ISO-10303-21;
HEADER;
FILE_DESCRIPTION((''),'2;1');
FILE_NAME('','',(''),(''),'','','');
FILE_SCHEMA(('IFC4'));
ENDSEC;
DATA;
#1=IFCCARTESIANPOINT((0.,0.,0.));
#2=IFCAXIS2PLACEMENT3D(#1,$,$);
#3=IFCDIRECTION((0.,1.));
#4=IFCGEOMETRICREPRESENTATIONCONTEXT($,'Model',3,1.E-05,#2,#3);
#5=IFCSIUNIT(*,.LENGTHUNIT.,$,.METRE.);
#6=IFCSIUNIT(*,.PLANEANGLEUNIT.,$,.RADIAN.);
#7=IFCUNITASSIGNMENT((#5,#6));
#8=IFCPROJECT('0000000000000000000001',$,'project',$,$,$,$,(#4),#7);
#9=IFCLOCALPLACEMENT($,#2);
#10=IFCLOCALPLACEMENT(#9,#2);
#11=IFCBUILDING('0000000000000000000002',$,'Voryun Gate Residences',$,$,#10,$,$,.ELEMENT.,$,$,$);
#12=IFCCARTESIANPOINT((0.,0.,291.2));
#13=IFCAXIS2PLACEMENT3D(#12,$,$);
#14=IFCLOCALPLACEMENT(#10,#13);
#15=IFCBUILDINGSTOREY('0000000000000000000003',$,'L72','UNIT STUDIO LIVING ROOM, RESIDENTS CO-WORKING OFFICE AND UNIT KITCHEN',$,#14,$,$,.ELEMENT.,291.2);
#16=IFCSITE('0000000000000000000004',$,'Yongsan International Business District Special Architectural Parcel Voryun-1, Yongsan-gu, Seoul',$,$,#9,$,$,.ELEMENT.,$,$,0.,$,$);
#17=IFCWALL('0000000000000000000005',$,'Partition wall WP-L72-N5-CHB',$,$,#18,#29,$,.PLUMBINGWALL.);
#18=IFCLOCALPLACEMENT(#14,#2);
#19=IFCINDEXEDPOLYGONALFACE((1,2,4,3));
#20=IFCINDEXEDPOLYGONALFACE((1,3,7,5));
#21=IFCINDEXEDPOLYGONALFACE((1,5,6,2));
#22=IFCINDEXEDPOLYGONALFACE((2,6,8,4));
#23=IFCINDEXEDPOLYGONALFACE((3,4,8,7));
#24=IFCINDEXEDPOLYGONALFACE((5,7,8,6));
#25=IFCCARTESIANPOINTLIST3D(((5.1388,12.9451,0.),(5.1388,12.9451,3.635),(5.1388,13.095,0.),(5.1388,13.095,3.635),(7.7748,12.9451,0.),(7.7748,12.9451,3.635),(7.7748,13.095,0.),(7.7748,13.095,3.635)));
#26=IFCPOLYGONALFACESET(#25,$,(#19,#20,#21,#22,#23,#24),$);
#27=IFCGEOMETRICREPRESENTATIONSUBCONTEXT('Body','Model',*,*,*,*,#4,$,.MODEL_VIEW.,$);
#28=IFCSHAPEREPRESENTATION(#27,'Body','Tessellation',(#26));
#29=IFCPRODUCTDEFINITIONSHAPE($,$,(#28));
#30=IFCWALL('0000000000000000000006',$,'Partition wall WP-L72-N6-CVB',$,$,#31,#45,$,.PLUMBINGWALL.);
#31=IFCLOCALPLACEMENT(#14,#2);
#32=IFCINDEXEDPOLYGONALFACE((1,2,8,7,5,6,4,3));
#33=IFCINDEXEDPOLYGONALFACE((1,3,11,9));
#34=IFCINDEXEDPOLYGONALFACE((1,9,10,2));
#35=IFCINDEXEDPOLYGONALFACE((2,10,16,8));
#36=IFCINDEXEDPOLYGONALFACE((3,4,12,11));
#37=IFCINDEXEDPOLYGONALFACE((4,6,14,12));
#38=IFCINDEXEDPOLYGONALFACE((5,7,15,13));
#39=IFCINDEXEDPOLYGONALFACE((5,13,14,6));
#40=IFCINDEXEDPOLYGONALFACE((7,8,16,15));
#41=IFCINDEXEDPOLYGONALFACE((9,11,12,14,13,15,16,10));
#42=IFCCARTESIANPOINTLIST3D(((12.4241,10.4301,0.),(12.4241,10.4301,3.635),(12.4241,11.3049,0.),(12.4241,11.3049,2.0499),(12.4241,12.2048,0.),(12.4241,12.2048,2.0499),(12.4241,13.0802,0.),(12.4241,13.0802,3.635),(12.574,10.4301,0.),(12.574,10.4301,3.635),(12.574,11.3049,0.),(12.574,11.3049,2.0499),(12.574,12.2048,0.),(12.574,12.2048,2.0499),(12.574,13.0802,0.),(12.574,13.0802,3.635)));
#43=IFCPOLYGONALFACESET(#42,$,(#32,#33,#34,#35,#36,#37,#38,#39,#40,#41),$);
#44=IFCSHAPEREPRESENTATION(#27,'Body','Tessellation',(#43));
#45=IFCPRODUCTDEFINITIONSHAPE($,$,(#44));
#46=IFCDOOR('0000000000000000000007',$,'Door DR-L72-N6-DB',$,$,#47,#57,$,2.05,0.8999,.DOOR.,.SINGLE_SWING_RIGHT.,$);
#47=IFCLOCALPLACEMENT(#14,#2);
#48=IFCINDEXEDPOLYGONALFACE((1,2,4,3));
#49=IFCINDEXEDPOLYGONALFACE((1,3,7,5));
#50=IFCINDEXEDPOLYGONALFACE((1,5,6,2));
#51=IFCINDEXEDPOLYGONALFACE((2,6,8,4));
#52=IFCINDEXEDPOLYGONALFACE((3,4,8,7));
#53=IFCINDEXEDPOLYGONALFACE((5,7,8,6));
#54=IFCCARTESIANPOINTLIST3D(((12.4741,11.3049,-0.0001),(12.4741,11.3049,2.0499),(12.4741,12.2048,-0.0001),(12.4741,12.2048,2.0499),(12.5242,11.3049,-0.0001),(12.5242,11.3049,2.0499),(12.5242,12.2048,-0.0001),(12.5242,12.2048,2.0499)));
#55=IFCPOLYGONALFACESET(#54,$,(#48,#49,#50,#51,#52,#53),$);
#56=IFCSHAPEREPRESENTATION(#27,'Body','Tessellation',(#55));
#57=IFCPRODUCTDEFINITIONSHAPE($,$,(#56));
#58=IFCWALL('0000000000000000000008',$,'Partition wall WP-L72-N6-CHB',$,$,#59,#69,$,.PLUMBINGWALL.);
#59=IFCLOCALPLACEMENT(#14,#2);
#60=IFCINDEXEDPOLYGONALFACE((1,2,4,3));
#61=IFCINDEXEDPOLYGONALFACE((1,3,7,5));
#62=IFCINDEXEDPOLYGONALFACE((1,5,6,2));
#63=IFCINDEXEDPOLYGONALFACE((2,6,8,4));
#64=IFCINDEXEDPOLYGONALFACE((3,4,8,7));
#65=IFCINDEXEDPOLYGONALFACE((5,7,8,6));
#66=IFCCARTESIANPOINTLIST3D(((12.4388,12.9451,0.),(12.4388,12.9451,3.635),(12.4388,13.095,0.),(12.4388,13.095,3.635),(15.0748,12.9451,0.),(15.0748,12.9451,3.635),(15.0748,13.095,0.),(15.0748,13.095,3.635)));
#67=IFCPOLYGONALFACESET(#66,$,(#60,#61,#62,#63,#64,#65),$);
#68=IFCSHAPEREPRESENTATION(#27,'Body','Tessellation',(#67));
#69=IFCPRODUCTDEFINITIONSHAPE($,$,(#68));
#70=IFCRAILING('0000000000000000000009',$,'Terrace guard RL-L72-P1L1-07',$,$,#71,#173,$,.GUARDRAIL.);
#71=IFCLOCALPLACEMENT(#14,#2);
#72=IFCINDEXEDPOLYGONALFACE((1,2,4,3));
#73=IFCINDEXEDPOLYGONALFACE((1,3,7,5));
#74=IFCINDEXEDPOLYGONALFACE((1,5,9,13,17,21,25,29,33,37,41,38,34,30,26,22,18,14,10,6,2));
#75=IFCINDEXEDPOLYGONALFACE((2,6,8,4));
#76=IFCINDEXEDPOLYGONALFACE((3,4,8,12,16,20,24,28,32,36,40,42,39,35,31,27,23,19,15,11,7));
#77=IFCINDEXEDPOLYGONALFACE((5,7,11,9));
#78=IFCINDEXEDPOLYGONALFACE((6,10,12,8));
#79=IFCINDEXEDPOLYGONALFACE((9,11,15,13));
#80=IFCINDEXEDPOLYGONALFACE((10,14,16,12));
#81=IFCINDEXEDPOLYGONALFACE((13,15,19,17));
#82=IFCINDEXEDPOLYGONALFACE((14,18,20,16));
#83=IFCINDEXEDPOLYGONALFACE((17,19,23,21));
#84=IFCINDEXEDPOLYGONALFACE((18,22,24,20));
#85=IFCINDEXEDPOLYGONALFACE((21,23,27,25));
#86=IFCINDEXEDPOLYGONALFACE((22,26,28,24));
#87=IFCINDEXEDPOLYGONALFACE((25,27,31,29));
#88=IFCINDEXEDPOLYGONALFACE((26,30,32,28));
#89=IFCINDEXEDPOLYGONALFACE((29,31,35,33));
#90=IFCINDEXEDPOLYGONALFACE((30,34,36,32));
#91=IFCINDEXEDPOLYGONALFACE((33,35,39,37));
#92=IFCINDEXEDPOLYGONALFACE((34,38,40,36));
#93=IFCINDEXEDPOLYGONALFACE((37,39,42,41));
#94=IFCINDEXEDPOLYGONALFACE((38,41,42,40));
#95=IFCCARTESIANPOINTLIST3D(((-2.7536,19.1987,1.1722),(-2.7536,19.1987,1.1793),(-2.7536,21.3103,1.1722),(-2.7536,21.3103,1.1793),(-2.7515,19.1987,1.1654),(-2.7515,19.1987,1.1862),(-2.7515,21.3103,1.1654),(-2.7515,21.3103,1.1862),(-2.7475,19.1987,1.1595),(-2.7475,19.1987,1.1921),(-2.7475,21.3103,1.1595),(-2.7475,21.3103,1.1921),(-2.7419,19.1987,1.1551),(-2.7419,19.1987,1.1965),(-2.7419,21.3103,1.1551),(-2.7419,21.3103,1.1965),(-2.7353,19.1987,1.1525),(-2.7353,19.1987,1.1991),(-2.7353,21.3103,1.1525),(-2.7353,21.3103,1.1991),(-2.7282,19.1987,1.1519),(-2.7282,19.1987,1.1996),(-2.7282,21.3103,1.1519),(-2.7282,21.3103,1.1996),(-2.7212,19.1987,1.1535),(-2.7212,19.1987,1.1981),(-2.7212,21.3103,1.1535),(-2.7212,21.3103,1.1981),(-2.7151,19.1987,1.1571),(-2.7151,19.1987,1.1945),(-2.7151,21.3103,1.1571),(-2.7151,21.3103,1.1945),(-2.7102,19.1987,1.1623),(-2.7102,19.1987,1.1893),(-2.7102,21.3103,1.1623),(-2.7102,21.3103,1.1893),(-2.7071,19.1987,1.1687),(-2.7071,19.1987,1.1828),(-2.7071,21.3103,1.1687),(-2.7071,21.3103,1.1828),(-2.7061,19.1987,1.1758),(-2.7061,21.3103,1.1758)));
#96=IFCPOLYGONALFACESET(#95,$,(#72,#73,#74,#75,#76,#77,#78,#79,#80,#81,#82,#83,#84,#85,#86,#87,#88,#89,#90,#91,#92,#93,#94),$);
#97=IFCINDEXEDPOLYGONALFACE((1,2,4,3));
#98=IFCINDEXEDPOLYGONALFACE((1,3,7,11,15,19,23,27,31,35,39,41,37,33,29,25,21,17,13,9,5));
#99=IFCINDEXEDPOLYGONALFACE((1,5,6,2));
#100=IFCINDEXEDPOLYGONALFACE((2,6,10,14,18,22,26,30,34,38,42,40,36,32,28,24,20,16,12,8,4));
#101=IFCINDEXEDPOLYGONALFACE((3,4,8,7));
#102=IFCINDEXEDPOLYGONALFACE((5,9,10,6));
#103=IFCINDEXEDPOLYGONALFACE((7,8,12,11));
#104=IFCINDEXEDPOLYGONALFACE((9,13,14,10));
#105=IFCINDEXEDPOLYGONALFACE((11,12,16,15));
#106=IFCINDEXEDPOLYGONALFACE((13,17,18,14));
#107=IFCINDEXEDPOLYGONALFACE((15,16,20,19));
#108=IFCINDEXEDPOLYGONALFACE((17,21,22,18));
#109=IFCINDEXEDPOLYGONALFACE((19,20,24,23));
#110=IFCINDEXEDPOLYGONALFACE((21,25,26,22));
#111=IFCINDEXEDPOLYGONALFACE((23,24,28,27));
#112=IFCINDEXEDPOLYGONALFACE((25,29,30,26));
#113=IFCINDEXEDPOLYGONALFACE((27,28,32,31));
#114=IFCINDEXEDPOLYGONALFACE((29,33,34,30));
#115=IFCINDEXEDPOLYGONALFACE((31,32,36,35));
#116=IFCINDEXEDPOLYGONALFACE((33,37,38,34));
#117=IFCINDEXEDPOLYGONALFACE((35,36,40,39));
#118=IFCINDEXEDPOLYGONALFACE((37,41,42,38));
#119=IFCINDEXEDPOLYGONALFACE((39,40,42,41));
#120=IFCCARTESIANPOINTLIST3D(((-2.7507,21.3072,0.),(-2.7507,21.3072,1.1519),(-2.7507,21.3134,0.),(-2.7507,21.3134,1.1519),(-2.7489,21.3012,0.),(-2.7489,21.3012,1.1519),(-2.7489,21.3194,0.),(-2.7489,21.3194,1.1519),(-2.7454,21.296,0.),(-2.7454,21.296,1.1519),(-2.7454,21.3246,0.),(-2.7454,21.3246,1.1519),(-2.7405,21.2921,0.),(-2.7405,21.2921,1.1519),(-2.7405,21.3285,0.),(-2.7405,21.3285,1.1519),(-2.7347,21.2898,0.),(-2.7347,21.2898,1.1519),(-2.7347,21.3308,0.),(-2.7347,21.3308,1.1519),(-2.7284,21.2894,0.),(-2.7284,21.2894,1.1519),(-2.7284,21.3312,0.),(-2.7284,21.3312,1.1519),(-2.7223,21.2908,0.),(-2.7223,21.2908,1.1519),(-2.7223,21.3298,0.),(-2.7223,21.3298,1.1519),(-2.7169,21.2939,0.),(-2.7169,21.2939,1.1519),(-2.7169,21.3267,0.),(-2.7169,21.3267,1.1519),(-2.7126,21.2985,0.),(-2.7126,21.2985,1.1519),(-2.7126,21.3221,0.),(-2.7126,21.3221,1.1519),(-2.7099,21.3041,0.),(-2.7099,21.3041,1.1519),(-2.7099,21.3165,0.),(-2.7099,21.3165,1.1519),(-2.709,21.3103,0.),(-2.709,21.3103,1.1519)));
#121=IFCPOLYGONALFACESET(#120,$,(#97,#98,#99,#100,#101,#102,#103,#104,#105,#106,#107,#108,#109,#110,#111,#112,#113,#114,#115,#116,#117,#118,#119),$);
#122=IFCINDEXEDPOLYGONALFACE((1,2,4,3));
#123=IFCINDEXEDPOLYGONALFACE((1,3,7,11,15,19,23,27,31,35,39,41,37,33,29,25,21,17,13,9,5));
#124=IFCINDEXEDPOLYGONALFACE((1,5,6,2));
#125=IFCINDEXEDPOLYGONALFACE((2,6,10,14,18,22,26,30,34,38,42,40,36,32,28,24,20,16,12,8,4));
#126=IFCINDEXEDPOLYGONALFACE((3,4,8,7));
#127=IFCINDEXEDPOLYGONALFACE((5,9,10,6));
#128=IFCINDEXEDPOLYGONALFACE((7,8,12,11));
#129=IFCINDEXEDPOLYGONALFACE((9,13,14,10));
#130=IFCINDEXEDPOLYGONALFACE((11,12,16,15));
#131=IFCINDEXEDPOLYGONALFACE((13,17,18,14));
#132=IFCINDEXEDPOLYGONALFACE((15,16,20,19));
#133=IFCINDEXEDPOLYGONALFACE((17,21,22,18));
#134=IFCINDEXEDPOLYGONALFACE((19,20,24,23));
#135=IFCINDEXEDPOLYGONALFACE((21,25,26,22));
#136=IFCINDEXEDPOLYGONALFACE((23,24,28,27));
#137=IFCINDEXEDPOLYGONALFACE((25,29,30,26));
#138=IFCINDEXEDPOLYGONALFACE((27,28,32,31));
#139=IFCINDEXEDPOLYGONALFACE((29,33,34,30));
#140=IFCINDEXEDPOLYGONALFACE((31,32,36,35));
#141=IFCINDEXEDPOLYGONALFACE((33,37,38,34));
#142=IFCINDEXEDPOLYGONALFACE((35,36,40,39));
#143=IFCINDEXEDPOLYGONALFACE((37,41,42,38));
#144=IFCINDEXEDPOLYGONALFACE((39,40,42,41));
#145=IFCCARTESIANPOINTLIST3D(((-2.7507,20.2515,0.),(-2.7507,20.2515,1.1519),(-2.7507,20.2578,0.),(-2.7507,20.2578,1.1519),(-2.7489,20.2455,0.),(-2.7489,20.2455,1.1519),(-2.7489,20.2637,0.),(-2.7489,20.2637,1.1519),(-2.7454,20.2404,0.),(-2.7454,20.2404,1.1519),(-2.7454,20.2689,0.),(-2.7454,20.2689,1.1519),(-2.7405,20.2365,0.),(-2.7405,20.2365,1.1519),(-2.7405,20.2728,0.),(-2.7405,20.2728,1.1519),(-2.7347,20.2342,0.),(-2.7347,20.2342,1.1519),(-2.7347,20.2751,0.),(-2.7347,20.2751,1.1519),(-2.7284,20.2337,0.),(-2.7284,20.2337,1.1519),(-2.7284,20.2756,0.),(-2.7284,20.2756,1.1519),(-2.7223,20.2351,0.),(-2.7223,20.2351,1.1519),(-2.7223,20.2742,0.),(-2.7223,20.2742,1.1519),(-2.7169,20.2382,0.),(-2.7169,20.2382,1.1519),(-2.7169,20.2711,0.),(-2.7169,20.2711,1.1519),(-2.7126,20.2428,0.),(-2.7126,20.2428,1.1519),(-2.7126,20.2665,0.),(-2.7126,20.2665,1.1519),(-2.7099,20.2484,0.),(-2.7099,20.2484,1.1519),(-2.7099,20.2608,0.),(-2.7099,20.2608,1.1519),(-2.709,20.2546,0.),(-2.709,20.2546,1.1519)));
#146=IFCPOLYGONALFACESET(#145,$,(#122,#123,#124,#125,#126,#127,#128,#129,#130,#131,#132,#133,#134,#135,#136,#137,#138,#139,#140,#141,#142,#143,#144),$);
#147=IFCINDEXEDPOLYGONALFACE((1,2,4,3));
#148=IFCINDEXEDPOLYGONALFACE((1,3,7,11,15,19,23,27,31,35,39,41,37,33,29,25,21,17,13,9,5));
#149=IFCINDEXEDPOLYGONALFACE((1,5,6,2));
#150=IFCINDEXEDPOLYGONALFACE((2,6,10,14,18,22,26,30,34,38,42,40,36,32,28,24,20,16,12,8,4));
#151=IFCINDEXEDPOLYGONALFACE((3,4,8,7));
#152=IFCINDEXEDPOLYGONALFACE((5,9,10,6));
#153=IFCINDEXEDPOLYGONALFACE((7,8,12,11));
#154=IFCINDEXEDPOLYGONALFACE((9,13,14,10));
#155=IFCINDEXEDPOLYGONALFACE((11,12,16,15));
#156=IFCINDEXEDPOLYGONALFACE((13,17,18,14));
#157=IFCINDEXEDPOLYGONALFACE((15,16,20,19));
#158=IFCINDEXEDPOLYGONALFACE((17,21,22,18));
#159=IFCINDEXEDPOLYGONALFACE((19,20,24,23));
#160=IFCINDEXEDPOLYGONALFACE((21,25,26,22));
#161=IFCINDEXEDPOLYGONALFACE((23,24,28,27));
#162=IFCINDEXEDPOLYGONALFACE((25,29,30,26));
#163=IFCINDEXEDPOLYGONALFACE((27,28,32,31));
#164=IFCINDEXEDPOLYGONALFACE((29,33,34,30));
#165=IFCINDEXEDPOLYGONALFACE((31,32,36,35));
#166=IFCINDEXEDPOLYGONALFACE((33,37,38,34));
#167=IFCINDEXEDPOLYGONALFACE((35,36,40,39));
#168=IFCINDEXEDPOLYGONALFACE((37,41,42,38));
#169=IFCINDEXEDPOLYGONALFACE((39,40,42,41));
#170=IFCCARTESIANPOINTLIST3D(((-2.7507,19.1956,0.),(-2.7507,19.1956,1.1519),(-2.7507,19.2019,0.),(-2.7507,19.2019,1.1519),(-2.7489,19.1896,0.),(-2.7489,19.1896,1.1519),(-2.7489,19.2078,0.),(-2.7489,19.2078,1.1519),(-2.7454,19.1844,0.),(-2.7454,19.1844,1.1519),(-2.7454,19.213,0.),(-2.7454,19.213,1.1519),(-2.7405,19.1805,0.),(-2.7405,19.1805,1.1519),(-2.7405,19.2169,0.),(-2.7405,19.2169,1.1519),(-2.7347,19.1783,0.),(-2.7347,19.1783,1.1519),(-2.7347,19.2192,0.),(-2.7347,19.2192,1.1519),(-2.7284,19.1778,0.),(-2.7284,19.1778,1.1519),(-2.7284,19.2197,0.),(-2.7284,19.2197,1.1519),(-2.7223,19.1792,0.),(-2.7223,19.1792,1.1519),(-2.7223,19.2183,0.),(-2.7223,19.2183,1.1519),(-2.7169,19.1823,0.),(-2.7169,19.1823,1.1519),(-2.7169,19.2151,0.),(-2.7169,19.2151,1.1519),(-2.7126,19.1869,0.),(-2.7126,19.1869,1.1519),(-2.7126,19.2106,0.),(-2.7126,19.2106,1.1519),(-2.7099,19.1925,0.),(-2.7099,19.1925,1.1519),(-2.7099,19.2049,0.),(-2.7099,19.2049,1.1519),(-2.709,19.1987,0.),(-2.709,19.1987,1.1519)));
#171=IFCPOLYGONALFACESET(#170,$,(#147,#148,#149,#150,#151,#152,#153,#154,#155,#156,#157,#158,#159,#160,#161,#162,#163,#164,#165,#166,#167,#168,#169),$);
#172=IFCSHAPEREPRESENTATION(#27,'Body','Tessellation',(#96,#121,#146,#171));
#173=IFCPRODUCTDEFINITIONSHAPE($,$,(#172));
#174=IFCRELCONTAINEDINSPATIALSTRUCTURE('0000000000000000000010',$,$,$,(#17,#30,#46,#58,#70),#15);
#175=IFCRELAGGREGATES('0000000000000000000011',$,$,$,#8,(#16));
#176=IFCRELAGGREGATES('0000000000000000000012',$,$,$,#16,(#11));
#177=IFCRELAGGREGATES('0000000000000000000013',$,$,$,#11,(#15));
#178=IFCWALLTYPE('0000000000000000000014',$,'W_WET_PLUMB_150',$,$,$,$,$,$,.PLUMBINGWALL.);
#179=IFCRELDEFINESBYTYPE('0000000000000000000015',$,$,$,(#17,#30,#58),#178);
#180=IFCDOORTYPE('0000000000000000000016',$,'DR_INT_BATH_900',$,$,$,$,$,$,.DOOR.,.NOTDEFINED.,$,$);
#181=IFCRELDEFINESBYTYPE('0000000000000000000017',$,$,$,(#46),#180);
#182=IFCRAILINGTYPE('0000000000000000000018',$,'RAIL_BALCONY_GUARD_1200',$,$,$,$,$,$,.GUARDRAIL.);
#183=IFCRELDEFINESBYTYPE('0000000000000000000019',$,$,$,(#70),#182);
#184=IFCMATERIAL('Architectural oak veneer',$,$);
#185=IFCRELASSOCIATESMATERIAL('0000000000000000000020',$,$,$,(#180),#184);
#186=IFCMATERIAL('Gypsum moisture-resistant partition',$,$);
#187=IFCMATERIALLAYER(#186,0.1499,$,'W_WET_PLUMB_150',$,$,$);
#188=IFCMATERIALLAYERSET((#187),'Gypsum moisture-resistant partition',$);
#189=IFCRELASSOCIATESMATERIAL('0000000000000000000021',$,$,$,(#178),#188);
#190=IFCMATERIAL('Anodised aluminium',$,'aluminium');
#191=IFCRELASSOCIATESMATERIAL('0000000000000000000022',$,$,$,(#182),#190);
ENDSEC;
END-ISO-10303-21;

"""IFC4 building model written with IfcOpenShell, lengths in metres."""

from ifc_helpers import new_model, si_unit, direction, frame, frame_2d, origin, origin_2d, place, context, subcontext, project, spatial, rectangle, circle, extrude, material, layer, layer_set, type_object, element, fill, save


model = new_model("IFC4")

# Units and contexts
model_context = context("Model", 3, precision=1e-05, world=origin(), true_north=direction((0.0, 1.0)))
body_context = subcontext(model_context, "Body", "Model", "MODEL_VIEW")
ifc_project = project(units=[si_unit("LENGTHUNIT", "METRE"), si_unit("PLANEANGLEUNIT", "RADIAN")], contexts=[model_context])

# Site, building, storey
site_placement = place(None, origin())
site = spatial("IfcSite", under=ifc_project, at=site_placement, Name="Yongsan International Business District Special Architectural Parcel Voryun-1, Yongsan-gu, Seoul", CompositionType="ELEMENT", RefElevation=0.0)
building_placement = place(site_placement, origin())
building = spatial("IfcBuilding", under=site, at=building_placement, Name="Voryun Gate Residences", CompositionType="ELEMENT")
storey_placement = place(building_placement, frame((0.0, 0.0, 291.2)))
storey = spatial("IfcBuildingStorey", under=building, at=storey_placement, Name="L72", Description="UNIT STUDIO LIVING ROOM, RESIDENTS CO-WORKING OFFICE AND UNIT KITCHEN", CompositionType="ELEMENT", Elevation=291.2)

# Shared definitions
ifc_material_1 = material(Name="Architectural oak veneer")
door_type = type_object("IfcDoorType", Name="DR_INT_BATH_900", OperationType="NOTDEFINED", PredefinedType="DOOR", material=ifc_material_1)

# Shared definitions
ifc_material_2 = material(Name="Gypsum moisture-resistant partition")
ifc_layer_1 = layer(ifc_material_2, 0.1499, Name="W_WET_PLUMB_150")
ifc_layer_set_1 = layer_set([ifc_layer_1], Name="Gypsum moisture-resistant partition")
wall_type_1 = type_object("IfcWallType", Name="W_WET_PLUMB_150", PredefinedType="PLUMBINGWALL", material=ifc_layer_set_1)

# Wall
wall_1_placement = place(storey_placement, frame((5.1389, 13.02, 0.0), z_axis=(0.0, 0.0, 1.0), x_axis=(1.0, 0.0, 0.0)))
element("IfcWall", 1, at=wall_1_placement, inside=storey, type_object=wall_type_1, Name="Partition wall WP-L72-N5-CHB", PredefinedType="PLUMBINGWALL", context=body_context, shape_type="SweptSolid", body=[
    extrude(rectangle(XDim=2.636, YDim=0.1499, at=frame_2d((1.3179, 0.0))), origin(), (0.0, 0.0, 1.0), 3.635),
])

# Wall, opening, door
wall_2_placement = place(storey_placement, frame((12.499, 10.4299, 0.0), z_axis=(0.0, 0.0, 1.0), x_axis=(0.0, 1.0, 0.0)))
wall_2 = element("IfcWall", 2, at=wall_2_placement, inside=storey, type_object=wall_type_1, Name="Partition wall WP-L72-N6-CVB", PredefinedType="PLUMBINGWALL", context=body_context, shape_type="SweptSolid", body=[
    extrude(rectangle(XDim=2.6501, YDim=0.1499, at=frame_2d((1.3252, 0.0))), origin(), (0.0, 0.0, 1.0), 3.635),
])
opening_1_placement = place(wall_2_placement, frame((0.875, 0.0, 0.0)))
opening_1 = element("IfcOpeningElement", 3, at=opening_1_placement, cuts=wall_2, PredefinedType="OPENING", context=body_context, shape_type="SweptSolid", body=[
    extrude(rectangle(XDim=0.8999, YDim=2.05, at=frame_2d((0.45, 1.0249))), frame((0.0, 0.085, 0.0), z_axis=(0.0, -1.0, 0.0), x_axis=(1.0, 0.0, 0.0)), (0.0, 0.0, 1.0), 0.1699),
])
door_1_placement = place(opening_1_placement, origin())
door_1 = element("IfcDoor", 4, at=door_1_placement, inside=storey, type_object=door_type, Name="Door DR-L72-N6-DB", OperationType="SINGLE_SWING_RIGHT", OverallHeight=2.05, OverallWidth=0.8999, PredefinedType="DOOR", context=body_context, shape_type="SweptSolid", body=[
    extrude(rectangle(XDim=0.8999, YDim=2.05, at=frame_2d((0.45, 1.0249))), frame((0.0, 0.0249, 0.0), z_axis=(0.0, -1.0, 0.0), x_axis=(1.0, 0.0, 0.0)), (0.0, 0.0, 1.0), 0.05),
])
fill(opening_1, door_1)

# Wall
wall_3_placement = place(storey_placement, frame((12.439, 13.02, 0.0), z_axis=(0.0, 0.0, 1.0), x_axis=(1.0, 0.0, 0.0)))
element("IfcWall", 5, at=wall_3_placement, inside=storey, type_object=wall_type_1, Name="Partition wall WP-L72-N6-CHB", PredefinedType="PLUMBINGWALL", context=body_context, shape_type="SweptSolid", body=[
    extrude(rectangle(XDim=2.636, YDim=0.1499, at=frame_2d((1.3179, 0.0))), origin(), (0.0, 0.0, 1.0), 3.635),
])

# Railing
ifc_material_3 = material(Name="Anodised aluminium", Category="aluminium")
railing_type = type_object("IfcRailingType", Name="RAIL_BALCONY_GUARD_1200", PredefinedType="GUARDRAIL", material=ifc_material_3)
railing_1_placement = place(storey_placement, frame((-2.73, 21.3103, 0.0)))
element("IfcRailing", 6, at=railing_1_placement, inside=storey, type_object=railing_type, Name="Terrace guard RL-L72-P1L1-07", PredefinedType="GUARDRAIL", context=body_context, shape_type="SweptSolid", body=[
    extrude(circle(Radius=0.0239, at=origin_2d()), frame((0.0, 0.0, 1.1758), z_axis=(0.0, -1.0, 0.0), x_axis=(1.0, 0.0, 0.0)), (0.0, 0.0, 1.0), 2.1116),
    extrude(circle(Radius=0.021, at=origin_2d()), origin(), (0.0, 0.0, 1.0), 1.1519),
    extrude(circle(Radius=0.021, at=origin_2d()), frame((0.0, -1.0557, 0.0)), (0.0, 0.0, 1.0), 1.1519),
    extrude(circle(Radius=0.021, at=origin_2d()), frame((0.0, -2.1116, 0.0)), (0.0, 0.0, 1.0), 1.1519),
])

save(model, "model.ifc")
